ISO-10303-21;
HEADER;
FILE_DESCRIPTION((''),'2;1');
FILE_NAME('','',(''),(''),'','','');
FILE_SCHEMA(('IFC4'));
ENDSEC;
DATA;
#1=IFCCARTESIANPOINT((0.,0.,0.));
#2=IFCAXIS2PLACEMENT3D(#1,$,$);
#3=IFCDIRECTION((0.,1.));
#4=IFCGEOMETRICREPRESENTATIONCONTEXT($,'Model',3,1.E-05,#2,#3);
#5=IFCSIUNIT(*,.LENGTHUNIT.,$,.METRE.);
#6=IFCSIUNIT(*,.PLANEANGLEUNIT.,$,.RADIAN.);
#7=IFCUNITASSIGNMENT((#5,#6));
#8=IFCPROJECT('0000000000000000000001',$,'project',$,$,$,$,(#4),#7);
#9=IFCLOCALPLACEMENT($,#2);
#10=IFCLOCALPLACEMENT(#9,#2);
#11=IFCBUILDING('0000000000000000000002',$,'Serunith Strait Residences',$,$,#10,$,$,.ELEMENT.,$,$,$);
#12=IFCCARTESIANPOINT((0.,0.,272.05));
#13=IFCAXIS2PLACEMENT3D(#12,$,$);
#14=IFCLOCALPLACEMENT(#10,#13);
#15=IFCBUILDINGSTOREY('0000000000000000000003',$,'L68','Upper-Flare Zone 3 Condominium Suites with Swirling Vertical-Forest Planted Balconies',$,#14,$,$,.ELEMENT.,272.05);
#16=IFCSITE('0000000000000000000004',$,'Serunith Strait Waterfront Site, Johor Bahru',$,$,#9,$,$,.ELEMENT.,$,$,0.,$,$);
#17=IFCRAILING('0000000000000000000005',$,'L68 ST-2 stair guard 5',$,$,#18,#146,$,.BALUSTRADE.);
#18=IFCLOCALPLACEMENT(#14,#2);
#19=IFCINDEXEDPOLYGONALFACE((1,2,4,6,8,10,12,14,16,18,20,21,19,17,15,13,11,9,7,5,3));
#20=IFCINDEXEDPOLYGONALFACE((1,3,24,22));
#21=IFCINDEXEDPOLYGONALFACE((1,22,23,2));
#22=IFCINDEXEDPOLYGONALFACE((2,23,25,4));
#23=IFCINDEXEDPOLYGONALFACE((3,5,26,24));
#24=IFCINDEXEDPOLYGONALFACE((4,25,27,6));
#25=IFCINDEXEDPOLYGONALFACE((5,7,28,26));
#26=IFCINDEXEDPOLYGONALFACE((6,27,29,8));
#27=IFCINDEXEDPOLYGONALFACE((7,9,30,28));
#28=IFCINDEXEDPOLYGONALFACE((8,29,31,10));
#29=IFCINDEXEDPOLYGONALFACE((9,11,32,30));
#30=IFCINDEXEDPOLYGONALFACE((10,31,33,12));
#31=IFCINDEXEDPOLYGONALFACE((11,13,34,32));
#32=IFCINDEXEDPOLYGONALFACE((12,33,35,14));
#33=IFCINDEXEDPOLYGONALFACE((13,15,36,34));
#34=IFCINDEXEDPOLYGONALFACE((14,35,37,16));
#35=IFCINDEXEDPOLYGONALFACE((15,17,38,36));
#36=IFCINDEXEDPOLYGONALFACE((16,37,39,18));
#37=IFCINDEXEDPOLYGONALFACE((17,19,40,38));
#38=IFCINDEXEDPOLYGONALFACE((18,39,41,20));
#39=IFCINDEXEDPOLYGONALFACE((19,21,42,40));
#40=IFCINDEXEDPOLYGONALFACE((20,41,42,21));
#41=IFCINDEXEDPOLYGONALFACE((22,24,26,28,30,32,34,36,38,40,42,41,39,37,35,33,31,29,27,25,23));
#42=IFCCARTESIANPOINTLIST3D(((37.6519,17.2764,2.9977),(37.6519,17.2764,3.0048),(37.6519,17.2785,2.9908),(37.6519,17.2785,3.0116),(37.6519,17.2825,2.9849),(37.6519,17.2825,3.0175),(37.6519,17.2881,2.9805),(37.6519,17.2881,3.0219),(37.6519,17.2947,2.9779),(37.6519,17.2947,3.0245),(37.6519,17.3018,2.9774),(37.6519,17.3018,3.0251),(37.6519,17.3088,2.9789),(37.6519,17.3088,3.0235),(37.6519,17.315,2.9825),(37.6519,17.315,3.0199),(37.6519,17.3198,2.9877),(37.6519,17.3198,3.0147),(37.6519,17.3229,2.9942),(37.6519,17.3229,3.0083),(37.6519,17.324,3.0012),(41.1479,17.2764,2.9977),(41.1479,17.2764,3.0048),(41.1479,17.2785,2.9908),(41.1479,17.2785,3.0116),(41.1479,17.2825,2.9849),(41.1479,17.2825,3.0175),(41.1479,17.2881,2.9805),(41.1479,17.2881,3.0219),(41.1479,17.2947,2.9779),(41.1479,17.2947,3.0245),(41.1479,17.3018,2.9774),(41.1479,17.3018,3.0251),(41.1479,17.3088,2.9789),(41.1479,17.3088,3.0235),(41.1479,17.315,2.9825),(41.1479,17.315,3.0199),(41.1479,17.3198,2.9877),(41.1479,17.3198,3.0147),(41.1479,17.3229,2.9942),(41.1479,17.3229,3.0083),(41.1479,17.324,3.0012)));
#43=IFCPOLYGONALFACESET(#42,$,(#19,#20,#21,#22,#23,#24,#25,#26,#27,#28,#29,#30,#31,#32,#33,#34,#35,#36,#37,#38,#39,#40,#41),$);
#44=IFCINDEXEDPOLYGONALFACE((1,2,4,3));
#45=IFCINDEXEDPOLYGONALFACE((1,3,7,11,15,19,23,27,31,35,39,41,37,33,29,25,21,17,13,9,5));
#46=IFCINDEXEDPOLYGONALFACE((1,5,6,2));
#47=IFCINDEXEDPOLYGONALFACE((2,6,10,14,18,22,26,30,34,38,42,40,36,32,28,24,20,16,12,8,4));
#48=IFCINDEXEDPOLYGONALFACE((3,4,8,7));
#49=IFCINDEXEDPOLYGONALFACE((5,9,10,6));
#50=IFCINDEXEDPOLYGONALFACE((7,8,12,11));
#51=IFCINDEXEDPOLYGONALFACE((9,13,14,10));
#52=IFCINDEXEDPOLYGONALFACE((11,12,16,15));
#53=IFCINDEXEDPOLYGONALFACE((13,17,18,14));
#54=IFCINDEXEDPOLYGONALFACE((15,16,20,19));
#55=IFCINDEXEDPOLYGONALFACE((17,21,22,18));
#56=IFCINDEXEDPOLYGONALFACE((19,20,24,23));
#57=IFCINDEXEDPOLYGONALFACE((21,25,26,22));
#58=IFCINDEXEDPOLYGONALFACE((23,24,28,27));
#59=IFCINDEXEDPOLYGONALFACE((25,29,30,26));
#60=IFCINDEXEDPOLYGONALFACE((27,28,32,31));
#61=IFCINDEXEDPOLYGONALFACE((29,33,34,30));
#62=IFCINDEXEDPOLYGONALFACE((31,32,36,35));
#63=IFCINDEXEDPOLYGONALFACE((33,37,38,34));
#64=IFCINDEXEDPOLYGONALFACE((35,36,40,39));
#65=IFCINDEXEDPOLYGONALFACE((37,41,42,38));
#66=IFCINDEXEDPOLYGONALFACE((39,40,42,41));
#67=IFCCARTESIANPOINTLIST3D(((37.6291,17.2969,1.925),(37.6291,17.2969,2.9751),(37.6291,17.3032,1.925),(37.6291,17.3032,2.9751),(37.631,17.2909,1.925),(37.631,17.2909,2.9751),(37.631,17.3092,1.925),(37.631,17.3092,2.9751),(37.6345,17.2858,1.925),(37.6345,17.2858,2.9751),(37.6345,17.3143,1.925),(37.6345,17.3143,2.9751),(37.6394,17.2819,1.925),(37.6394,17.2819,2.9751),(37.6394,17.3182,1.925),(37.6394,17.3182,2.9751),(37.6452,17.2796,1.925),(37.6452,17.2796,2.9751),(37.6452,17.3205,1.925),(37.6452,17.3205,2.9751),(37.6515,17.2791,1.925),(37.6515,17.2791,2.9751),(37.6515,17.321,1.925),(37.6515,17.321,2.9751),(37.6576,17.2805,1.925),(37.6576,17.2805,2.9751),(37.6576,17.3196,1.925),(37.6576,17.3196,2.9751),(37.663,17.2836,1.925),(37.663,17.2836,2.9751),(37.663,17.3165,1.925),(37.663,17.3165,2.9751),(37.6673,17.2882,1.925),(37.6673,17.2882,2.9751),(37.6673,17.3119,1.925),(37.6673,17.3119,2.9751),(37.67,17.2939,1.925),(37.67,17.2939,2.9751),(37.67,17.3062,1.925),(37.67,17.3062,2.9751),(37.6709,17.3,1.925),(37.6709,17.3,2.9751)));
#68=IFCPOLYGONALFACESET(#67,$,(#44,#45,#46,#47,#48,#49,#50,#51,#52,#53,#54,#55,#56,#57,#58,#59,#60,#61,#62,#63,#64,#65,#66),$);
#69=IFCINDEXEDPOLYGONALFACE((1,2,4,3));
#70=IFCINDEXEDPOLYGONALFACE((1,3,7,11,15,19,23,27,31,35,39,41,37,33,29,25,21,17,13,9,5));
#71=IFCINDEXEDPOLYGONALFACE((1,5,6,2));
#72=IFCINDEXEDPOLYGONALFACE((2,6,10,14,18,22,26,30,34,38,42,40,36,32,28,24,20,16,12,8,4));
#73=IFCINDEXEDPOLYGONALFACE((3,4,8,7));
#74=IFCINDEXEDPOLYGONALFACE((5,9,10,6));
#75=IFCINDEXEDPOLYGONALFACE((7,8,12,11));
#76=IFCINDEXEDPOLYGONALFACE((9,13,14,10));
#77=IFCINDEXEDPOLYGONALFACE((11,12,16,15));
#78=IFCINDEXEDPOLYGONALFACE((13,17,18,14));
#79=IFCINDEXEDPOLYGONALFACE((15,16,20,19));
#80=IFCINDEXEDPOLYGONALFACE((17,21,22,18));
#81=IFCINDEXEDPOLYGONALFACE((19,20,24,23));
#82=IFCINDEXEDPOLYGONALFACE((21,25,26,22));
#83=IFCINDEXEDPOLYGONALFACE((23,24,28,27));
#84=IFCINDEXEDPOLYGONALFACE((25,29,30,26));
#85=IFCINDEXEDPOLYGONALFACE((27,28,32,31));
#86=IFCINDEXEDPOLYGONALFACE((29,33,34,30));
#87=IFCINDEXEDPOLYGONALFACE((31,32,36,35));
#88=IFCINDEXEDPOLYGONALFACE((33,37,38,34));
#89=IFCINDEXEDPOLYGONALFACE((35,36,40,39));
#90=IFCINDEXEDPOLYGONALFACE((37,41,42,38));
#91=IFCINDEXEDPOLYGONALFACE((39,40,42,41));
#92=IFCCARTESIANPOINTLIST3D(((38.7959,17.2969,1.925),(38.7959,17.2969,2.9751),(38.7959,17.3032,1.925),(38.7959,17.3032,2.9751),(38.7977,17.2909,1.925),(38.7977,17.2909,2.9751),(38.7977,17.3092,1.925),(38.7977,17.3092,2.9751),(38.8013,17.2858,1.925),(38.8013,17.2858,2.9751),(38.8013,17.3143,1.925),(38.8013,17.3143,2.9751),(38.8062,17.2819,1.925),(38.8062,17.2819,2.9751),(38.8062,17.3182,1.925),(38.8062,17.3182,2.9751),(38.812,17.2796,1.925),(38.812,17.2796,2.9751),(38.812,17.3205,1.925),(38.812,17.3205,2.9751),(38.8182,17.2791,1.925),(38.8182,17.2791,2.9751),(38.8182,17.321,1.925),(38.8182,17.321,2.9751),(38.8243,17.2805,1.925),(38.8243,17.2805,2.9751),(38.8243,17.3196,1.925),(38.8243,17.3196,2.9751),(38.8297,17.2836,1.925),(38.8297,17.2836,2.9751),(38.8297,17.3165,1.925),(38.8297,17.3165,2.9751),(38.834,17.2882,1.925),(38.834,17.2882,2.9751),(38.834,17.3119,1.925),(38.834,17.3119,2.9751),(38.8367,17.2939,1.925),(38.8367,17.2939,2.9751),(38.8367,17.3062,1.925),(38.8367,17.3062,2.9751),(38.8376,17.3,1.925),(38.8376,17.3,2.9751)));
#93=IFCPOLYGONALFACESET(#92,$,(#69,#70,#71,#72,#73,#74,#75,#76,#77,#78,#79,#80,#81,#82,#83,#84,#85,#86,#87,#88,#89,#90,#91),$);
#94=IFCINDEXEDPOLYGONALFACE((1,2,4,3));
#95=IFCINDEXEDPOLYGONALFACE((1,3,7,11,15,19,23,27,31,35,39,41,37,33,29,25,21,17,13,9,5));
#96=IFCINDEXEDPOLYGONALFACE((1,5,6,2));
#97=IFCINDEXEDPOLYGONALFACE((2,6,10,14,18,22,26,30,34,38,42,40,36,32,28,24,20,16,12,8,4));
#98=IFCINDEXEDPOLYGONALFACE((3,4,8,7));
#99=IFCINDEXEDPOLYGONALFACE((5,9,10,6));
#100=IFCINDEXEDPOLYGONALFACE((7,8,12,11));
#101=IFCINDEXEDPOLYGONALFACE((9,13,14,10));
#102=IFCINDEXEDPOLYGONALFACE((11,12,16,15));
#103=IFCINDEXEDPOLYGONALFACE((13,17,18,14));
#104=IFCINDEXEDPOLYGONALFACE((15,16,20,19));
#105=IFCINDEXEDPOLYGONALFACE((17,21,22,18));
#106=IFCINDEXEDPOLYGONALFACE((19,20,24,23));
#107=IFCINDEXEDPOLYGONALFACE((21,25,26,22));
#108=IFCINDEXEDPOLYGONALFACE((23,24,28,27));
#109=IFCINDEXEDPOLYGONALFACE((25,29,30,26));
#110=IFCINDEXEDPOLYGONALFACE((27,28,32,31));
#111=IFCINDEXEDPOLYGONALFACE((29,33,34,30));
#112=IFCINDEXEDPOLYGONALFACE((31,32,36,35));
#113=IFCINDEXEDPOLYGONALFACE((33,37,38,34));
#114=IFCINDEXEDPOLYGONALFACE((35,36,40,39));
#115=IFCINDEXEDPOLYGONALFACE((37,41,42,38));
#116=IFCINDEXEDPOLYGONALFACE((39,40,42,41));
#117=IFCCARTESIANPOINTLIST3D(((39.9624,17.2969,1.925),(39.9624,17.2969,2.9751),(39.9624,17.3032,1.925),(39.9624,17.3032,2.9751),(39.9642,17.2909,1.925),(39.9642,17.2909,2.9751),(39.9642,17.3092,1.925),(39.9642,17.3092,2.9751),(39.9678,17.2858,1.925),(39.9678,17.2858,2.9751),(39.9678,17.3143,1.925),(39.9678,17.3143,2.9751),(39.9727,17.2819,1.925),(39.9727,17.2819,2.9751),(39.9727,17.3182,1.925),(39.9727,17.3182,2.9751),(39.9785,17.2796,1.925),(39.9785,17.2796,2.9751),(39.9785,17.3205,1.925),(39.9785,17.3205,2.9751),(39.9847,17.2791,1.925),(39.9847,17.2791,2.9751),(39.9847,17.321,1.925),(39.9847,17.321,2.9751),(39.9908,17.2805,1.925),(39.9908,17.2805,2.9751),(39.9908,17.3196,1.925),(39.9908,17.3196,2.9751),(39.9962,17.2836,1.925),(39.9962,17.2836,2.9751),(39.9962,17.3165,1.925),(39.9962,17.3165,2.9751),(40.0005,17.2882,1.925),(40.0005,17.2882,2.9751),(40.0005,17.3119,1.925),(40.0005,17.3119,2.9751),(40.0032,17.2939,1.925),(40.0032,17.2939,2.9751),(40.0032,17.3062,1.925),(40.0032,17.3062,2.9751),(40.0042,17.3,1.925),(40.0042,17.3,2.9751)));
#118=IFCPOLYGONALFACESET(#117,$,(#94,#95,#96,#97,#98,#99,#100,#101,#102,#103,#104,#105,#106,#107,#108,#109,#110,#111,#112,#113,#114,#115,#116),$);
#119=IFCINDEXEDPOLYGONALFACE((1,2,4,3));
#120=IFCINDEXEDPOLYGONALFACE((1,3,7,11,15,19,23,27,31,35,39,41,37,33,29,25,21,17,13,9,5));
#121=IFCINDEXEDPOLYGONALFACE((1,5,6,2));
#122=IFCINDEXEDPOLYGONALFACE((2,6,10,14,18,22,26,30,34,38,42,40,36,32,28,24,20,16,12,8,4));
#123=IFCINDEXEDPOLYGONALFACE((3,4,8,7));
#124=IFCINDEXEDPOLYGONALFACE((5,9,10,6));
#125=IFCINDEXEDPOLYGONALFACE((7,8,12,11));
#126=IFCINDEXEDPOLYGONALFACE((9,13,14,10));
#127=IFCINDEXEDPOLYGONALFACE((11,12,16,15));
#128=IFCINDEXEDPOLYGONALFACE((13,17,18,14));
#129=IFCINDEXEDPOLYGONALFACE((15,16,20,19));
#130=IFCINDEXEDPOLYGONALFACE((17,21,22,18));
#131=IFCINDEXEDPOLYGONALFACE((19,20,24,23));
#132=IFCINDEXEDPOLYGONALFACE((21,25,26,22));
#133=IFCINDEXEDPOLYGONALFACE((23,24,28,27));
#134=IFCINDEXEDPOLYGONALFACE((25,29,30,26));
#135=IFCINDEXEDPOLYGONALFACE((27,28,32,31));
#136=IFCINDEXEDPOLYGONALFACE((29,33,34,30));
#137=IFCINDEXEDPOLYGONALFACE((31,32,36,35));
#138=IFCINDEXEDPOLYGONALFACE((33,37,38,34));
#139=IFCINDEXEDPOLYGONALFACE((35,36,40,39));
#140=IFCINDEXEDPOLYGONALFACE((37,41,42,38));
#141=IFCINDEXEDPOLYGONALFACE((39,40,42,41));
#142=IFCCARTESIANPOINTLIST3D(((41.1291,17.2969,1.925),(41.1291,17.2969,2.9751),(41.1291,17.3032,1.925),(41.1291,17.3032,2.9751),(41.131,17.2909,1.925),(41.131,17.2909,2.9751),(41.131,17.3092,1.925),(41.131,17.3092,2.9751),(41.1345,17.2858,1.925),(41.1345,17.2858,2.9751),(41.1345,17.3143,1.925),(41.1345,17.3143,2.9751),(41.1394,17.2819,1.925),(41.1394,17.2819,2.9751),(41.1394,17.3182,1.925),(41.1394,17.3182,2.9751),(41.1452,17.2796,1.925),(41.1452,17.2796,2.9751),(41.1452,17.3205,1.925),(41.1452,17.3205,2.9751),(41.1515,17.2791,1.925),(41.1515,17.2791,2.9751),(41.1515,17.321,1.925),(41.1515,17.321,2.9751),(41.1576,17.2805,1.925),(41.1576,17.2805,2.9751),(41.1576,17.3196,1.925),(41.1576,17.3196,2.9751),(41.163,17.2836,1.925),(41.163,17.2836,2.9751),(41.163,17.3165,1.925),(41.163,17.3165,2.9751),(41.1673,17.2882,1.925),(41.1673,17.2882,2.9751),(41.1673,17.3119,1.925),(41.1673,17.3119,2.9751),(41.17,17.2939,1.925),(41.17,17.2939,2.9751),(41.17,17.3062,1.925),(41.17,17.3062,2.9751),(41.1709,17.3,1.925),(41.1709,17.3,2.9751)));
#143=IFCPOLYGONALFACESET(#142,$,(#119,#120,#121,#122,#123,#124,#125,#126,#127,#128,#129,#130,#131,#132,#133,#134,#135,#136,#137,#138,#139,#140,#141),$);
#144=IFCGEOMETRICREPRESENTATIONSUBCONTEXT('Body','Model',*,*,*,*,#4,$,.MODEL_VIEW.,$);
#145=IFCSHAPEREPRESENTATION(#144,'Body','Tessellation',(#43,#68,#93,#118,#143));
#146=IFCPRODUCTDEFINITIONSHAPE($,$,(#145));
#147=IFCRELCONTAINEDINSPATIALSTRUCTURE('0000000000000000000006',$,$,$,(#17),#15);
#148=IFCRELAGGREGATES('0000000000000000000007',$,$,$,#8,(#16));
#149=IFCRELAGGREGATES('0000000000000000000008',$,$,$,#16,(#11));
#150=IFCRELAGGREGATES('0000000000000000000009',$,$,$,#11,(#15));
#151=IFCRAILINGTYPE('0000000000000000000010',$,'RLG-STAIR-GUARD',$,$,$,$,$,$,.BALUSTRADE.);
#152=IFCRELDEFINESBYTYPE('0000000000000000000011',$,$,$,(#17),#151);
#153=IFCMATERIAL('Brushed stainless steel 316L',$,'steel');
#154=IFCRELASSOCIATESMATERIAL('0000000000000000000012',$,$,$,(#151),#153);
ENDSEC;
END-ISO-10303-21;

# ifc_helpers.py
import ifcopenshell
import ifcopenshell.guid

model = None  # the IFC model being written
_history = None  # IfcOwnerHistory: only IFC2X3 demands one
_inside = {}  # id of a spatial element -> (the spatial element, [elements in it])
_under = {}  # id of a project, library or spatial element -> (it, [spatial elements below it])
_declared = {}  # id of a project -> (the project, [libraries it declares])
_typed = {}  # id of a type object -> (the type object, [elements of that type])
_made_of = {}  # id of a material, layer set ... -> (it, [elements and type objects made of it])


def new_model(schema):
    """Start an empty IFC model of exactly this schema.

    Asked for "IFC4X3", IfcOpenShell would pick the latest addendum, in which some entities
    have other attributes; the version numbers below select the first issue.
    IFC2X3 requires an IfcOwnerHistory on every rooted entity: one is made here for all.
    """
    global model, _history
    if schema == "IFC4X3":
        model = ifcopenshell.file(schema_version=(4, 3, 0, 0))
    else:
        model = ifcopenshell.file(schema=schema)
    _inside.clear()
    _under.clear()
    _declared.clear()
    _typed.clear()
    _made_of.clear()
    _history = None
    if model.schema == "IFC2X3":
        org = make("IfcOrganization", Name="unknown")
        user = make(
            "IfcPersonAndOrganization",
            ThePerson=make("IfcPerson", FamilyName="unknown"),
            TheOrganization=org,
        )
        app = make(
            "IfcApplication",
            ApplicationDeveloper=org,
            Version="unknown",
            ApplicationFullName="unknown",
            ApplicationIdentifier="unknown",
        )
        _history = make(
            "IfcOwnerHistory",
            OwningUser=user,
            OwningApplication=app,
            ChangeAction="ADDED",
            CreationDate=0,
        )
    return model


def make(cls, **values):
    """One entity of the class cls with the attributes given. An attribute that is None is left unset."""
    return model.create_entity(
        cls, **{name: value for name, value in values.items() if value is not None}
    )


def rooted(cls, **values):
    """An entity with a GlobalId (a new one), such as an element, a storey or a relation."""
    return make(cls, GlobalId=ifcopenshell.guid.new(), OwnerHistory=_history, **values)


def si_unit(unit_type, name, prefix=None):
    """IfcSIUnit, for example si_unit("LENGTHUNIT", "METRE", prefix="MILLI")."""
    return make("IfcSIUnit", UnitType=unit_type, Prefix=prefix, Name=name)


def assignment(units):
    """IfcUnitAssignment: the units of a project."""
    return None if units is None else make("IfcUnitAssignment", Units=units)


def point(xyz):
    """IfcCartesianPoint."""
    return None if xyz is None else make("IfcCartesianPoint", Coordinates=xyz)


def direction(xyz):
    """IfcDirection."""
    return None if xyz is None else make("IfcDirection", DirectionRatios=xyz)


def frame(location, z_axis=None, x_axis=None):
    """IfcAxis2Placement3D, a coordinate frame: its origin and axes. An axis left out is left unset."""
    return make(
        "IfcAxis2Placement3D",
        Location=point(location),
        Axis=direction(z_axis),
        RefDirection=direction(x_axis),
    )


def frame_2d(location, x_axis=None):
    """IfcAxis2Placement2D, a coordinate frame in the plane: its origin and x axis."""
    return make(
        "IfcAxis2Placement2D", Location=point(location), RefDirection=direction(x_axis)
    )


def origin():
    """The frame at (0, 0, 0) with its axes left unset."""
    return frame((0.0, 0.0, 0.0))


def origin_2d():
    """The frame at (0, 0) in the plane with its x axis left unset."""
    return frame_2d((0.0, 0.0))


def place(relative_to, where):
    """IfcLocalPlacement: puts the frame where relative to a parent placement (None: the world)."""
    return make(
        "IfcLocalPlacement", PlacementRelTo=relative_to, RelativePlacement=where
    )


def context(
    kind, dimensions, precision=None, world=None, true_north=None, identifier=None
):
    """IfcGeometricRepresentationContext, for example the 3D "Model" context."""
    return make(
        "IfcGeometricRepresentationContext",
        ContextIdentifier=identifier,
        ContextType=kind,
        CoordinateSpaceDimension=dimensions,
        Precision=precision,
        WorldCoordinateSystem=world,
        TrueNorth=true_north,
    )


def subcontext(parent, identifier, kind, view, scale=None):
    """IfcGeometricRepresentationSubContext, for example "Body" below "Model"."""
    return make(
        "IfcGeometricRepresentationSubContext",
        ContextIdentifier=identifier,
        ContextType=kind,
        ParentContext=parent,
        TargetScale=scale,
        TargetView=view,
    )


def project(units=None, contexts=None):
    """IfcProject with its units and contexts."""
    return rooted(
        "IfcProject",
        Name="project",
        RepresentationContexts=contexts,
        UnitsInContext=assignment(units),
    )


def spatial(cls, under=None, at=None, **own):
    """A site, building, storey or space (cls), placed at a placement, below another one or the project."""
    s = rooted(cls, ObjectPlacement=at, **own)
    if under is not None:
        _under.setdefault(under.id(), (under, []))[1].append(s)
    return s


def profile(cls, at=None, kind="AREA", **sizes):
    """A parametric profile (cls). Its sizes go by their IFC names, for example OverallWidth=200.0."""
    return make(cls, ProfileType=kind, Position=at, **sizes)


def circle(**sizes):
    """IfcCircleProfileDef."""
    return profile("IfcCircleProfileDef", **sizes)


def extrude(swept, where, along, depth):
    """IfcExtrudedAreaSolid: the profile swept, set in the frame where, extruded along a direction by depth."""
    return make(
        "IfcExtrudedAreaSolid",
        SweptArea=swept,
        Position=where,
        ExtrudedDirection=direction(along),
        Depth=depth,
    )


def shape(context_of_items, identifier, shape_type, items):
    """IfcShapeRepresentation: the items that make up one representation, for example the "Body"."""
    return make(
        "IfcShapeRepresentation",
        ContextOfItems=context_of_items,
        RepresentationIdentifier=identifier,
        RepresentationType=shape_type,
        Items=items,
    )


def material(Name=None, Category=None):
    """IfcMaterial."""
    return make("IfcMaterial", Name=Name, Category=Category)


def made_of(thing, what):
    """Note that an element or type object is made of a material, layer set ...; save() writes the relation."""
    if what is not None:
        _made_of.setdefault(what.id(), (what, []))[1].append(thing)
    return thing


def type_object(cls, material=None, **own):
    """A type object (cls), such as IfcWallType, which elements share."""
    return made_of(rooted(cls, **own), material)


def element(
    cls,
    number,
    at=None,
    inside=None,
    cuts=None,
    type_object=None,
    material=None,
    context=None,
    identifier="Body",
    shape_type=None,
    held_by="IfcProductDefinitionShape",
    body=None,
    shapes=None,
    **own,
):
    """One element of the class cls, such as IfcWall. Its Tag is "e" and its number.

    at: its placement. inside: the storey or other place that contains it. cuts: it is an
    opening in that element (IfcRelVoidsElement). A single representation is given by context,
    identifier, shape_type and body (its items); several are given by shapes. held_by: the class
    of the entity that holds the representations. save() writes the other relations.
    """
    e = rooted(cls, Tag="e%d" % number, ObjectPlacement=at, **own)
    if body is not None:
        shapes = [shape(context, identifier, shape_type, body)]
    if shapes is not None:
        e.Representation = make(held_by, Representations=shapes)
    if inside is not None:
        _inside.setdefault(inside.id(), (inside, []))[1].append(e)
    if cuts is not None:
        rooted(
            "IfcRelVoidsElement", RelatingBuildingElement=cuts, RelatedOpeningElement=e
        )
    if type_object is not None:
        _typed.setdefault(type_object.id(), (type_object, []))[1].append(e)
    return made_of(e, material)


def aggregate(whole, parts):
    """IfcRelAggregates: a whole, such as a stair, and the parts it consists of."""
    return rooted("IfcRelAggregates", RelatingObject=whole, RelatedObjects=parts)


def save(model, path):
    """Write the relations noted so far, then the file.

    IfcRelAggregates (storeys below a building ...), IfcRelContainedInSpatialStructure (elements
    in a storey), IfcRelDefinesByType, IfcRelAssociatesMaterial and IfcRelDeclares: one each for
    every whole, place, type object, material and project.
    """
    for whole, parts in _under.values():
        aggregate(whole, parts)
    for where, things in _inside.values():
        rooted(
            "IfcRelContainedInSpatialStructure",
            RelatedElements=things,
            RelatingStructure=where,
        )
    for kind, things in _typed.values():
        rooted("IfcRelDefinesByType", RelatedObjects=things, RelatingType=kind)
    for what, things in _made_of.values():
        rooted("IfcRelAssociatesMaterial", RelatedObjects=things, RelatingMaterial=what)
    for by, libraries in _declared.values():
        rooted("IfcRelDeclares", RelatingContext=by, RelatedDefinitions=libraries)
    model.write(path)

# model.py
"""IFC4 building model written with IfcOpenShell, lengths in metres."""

from ifc_helpers import new_model, si_unit, direction, frame, origin, origin_2d, place, context, subcontext, project, spatial, circle, extrude, material, type_object, element, save


model = new_model("IFC4")

# Units and contexts
model_context = context("Model", 3, precision=1e-05, world=origin(), true_north=direction((0.0, 1.0)))
body_context = subcontext(model_context, "Body", "Model", "MODEL_VIEW")
ifc_project = project(units=[si_unit("LENGTHUNIT", "METRE"), si_unit("PLANEANGLEUNIT", "RADIAN")], contexts=[model_context])

# Site, building, storey
site_placement = place(None, origin())
site = spatial("IfcSite", under=ifc_project, at=site_placement, Name="Serunith Strait Waterfront Site, Johor Bahru", CompositionType="ELEMENT", RefElevation=0.0)
building_placement = place(site_placement, origin())
building = spatial("IfcBuilding", under=site, at=building_placement, Name="Serunith Strait Residences", CompositionType="ELEMENT")
storey_placement = place(building_placement, frame((0.0, 0.0, 272.05)))
storey = spatial("IfcBuildingStorey", under=building, at=storey_placement, Name="L68", Description="Upper-Flare Zone 3 Condominium Suites with Swirling Vertical-Forest Planted Balconies", CompositionType="ELEMENT", Elevation=272.05)

# Railing
ifc_material_1 = material(Name="Brushed stainless steel 316L", Category="steel")
railing_type_1 = type_object("IfcRailingType", Name="RLG-STAIR-GUARD", PredefinedType="BALUSTRADE", material=ifc_material_1)
railing_1_placement = place(storey_placement, frame((37.6499, 17.3, 1.925)))
element("IfcRailing", 1, at=railing_1_placement, inside=storey, type_object=railing_type_1, Name="L68 ST-2 stair guard 5", PredefinedType="BALUSTRADE", context=body_context, shape_type="SweptSolid", body=[
    extrude(circle(Radius=0.0239, at=origin_2d()), frame((0.002, 0.0, 1.0762), z_axis=(1.0, 0.0, 0.0), x_axis=(0.0, 1.0, 0.0)), (0.0, 0.0, 1.0), 3.4961),
    extrude(circle(Radius=0.021, at=origin_2d()), origin(), (0.0, 0.0, 1.0), 1.05),
    extrude(circle(Radius=0.021, at=origin_2d()), frame((1.1667, 0.0, 0.0)), (0.0, 0.0, 1.0), 1.05),
    extrude(circle(Radius=0.021, at=origin_2d()), frame((2.3333, 0.0, 0.0)), (0.0, 0.0, 1.0), 1.05),
    extrude(circle(Radius=0.021, at=origin_2d()), frame((3.5, 0.0, 0.0)), (0.0, 0.0, 1.0), 1.05),
])

save(model, "model.ifc")
